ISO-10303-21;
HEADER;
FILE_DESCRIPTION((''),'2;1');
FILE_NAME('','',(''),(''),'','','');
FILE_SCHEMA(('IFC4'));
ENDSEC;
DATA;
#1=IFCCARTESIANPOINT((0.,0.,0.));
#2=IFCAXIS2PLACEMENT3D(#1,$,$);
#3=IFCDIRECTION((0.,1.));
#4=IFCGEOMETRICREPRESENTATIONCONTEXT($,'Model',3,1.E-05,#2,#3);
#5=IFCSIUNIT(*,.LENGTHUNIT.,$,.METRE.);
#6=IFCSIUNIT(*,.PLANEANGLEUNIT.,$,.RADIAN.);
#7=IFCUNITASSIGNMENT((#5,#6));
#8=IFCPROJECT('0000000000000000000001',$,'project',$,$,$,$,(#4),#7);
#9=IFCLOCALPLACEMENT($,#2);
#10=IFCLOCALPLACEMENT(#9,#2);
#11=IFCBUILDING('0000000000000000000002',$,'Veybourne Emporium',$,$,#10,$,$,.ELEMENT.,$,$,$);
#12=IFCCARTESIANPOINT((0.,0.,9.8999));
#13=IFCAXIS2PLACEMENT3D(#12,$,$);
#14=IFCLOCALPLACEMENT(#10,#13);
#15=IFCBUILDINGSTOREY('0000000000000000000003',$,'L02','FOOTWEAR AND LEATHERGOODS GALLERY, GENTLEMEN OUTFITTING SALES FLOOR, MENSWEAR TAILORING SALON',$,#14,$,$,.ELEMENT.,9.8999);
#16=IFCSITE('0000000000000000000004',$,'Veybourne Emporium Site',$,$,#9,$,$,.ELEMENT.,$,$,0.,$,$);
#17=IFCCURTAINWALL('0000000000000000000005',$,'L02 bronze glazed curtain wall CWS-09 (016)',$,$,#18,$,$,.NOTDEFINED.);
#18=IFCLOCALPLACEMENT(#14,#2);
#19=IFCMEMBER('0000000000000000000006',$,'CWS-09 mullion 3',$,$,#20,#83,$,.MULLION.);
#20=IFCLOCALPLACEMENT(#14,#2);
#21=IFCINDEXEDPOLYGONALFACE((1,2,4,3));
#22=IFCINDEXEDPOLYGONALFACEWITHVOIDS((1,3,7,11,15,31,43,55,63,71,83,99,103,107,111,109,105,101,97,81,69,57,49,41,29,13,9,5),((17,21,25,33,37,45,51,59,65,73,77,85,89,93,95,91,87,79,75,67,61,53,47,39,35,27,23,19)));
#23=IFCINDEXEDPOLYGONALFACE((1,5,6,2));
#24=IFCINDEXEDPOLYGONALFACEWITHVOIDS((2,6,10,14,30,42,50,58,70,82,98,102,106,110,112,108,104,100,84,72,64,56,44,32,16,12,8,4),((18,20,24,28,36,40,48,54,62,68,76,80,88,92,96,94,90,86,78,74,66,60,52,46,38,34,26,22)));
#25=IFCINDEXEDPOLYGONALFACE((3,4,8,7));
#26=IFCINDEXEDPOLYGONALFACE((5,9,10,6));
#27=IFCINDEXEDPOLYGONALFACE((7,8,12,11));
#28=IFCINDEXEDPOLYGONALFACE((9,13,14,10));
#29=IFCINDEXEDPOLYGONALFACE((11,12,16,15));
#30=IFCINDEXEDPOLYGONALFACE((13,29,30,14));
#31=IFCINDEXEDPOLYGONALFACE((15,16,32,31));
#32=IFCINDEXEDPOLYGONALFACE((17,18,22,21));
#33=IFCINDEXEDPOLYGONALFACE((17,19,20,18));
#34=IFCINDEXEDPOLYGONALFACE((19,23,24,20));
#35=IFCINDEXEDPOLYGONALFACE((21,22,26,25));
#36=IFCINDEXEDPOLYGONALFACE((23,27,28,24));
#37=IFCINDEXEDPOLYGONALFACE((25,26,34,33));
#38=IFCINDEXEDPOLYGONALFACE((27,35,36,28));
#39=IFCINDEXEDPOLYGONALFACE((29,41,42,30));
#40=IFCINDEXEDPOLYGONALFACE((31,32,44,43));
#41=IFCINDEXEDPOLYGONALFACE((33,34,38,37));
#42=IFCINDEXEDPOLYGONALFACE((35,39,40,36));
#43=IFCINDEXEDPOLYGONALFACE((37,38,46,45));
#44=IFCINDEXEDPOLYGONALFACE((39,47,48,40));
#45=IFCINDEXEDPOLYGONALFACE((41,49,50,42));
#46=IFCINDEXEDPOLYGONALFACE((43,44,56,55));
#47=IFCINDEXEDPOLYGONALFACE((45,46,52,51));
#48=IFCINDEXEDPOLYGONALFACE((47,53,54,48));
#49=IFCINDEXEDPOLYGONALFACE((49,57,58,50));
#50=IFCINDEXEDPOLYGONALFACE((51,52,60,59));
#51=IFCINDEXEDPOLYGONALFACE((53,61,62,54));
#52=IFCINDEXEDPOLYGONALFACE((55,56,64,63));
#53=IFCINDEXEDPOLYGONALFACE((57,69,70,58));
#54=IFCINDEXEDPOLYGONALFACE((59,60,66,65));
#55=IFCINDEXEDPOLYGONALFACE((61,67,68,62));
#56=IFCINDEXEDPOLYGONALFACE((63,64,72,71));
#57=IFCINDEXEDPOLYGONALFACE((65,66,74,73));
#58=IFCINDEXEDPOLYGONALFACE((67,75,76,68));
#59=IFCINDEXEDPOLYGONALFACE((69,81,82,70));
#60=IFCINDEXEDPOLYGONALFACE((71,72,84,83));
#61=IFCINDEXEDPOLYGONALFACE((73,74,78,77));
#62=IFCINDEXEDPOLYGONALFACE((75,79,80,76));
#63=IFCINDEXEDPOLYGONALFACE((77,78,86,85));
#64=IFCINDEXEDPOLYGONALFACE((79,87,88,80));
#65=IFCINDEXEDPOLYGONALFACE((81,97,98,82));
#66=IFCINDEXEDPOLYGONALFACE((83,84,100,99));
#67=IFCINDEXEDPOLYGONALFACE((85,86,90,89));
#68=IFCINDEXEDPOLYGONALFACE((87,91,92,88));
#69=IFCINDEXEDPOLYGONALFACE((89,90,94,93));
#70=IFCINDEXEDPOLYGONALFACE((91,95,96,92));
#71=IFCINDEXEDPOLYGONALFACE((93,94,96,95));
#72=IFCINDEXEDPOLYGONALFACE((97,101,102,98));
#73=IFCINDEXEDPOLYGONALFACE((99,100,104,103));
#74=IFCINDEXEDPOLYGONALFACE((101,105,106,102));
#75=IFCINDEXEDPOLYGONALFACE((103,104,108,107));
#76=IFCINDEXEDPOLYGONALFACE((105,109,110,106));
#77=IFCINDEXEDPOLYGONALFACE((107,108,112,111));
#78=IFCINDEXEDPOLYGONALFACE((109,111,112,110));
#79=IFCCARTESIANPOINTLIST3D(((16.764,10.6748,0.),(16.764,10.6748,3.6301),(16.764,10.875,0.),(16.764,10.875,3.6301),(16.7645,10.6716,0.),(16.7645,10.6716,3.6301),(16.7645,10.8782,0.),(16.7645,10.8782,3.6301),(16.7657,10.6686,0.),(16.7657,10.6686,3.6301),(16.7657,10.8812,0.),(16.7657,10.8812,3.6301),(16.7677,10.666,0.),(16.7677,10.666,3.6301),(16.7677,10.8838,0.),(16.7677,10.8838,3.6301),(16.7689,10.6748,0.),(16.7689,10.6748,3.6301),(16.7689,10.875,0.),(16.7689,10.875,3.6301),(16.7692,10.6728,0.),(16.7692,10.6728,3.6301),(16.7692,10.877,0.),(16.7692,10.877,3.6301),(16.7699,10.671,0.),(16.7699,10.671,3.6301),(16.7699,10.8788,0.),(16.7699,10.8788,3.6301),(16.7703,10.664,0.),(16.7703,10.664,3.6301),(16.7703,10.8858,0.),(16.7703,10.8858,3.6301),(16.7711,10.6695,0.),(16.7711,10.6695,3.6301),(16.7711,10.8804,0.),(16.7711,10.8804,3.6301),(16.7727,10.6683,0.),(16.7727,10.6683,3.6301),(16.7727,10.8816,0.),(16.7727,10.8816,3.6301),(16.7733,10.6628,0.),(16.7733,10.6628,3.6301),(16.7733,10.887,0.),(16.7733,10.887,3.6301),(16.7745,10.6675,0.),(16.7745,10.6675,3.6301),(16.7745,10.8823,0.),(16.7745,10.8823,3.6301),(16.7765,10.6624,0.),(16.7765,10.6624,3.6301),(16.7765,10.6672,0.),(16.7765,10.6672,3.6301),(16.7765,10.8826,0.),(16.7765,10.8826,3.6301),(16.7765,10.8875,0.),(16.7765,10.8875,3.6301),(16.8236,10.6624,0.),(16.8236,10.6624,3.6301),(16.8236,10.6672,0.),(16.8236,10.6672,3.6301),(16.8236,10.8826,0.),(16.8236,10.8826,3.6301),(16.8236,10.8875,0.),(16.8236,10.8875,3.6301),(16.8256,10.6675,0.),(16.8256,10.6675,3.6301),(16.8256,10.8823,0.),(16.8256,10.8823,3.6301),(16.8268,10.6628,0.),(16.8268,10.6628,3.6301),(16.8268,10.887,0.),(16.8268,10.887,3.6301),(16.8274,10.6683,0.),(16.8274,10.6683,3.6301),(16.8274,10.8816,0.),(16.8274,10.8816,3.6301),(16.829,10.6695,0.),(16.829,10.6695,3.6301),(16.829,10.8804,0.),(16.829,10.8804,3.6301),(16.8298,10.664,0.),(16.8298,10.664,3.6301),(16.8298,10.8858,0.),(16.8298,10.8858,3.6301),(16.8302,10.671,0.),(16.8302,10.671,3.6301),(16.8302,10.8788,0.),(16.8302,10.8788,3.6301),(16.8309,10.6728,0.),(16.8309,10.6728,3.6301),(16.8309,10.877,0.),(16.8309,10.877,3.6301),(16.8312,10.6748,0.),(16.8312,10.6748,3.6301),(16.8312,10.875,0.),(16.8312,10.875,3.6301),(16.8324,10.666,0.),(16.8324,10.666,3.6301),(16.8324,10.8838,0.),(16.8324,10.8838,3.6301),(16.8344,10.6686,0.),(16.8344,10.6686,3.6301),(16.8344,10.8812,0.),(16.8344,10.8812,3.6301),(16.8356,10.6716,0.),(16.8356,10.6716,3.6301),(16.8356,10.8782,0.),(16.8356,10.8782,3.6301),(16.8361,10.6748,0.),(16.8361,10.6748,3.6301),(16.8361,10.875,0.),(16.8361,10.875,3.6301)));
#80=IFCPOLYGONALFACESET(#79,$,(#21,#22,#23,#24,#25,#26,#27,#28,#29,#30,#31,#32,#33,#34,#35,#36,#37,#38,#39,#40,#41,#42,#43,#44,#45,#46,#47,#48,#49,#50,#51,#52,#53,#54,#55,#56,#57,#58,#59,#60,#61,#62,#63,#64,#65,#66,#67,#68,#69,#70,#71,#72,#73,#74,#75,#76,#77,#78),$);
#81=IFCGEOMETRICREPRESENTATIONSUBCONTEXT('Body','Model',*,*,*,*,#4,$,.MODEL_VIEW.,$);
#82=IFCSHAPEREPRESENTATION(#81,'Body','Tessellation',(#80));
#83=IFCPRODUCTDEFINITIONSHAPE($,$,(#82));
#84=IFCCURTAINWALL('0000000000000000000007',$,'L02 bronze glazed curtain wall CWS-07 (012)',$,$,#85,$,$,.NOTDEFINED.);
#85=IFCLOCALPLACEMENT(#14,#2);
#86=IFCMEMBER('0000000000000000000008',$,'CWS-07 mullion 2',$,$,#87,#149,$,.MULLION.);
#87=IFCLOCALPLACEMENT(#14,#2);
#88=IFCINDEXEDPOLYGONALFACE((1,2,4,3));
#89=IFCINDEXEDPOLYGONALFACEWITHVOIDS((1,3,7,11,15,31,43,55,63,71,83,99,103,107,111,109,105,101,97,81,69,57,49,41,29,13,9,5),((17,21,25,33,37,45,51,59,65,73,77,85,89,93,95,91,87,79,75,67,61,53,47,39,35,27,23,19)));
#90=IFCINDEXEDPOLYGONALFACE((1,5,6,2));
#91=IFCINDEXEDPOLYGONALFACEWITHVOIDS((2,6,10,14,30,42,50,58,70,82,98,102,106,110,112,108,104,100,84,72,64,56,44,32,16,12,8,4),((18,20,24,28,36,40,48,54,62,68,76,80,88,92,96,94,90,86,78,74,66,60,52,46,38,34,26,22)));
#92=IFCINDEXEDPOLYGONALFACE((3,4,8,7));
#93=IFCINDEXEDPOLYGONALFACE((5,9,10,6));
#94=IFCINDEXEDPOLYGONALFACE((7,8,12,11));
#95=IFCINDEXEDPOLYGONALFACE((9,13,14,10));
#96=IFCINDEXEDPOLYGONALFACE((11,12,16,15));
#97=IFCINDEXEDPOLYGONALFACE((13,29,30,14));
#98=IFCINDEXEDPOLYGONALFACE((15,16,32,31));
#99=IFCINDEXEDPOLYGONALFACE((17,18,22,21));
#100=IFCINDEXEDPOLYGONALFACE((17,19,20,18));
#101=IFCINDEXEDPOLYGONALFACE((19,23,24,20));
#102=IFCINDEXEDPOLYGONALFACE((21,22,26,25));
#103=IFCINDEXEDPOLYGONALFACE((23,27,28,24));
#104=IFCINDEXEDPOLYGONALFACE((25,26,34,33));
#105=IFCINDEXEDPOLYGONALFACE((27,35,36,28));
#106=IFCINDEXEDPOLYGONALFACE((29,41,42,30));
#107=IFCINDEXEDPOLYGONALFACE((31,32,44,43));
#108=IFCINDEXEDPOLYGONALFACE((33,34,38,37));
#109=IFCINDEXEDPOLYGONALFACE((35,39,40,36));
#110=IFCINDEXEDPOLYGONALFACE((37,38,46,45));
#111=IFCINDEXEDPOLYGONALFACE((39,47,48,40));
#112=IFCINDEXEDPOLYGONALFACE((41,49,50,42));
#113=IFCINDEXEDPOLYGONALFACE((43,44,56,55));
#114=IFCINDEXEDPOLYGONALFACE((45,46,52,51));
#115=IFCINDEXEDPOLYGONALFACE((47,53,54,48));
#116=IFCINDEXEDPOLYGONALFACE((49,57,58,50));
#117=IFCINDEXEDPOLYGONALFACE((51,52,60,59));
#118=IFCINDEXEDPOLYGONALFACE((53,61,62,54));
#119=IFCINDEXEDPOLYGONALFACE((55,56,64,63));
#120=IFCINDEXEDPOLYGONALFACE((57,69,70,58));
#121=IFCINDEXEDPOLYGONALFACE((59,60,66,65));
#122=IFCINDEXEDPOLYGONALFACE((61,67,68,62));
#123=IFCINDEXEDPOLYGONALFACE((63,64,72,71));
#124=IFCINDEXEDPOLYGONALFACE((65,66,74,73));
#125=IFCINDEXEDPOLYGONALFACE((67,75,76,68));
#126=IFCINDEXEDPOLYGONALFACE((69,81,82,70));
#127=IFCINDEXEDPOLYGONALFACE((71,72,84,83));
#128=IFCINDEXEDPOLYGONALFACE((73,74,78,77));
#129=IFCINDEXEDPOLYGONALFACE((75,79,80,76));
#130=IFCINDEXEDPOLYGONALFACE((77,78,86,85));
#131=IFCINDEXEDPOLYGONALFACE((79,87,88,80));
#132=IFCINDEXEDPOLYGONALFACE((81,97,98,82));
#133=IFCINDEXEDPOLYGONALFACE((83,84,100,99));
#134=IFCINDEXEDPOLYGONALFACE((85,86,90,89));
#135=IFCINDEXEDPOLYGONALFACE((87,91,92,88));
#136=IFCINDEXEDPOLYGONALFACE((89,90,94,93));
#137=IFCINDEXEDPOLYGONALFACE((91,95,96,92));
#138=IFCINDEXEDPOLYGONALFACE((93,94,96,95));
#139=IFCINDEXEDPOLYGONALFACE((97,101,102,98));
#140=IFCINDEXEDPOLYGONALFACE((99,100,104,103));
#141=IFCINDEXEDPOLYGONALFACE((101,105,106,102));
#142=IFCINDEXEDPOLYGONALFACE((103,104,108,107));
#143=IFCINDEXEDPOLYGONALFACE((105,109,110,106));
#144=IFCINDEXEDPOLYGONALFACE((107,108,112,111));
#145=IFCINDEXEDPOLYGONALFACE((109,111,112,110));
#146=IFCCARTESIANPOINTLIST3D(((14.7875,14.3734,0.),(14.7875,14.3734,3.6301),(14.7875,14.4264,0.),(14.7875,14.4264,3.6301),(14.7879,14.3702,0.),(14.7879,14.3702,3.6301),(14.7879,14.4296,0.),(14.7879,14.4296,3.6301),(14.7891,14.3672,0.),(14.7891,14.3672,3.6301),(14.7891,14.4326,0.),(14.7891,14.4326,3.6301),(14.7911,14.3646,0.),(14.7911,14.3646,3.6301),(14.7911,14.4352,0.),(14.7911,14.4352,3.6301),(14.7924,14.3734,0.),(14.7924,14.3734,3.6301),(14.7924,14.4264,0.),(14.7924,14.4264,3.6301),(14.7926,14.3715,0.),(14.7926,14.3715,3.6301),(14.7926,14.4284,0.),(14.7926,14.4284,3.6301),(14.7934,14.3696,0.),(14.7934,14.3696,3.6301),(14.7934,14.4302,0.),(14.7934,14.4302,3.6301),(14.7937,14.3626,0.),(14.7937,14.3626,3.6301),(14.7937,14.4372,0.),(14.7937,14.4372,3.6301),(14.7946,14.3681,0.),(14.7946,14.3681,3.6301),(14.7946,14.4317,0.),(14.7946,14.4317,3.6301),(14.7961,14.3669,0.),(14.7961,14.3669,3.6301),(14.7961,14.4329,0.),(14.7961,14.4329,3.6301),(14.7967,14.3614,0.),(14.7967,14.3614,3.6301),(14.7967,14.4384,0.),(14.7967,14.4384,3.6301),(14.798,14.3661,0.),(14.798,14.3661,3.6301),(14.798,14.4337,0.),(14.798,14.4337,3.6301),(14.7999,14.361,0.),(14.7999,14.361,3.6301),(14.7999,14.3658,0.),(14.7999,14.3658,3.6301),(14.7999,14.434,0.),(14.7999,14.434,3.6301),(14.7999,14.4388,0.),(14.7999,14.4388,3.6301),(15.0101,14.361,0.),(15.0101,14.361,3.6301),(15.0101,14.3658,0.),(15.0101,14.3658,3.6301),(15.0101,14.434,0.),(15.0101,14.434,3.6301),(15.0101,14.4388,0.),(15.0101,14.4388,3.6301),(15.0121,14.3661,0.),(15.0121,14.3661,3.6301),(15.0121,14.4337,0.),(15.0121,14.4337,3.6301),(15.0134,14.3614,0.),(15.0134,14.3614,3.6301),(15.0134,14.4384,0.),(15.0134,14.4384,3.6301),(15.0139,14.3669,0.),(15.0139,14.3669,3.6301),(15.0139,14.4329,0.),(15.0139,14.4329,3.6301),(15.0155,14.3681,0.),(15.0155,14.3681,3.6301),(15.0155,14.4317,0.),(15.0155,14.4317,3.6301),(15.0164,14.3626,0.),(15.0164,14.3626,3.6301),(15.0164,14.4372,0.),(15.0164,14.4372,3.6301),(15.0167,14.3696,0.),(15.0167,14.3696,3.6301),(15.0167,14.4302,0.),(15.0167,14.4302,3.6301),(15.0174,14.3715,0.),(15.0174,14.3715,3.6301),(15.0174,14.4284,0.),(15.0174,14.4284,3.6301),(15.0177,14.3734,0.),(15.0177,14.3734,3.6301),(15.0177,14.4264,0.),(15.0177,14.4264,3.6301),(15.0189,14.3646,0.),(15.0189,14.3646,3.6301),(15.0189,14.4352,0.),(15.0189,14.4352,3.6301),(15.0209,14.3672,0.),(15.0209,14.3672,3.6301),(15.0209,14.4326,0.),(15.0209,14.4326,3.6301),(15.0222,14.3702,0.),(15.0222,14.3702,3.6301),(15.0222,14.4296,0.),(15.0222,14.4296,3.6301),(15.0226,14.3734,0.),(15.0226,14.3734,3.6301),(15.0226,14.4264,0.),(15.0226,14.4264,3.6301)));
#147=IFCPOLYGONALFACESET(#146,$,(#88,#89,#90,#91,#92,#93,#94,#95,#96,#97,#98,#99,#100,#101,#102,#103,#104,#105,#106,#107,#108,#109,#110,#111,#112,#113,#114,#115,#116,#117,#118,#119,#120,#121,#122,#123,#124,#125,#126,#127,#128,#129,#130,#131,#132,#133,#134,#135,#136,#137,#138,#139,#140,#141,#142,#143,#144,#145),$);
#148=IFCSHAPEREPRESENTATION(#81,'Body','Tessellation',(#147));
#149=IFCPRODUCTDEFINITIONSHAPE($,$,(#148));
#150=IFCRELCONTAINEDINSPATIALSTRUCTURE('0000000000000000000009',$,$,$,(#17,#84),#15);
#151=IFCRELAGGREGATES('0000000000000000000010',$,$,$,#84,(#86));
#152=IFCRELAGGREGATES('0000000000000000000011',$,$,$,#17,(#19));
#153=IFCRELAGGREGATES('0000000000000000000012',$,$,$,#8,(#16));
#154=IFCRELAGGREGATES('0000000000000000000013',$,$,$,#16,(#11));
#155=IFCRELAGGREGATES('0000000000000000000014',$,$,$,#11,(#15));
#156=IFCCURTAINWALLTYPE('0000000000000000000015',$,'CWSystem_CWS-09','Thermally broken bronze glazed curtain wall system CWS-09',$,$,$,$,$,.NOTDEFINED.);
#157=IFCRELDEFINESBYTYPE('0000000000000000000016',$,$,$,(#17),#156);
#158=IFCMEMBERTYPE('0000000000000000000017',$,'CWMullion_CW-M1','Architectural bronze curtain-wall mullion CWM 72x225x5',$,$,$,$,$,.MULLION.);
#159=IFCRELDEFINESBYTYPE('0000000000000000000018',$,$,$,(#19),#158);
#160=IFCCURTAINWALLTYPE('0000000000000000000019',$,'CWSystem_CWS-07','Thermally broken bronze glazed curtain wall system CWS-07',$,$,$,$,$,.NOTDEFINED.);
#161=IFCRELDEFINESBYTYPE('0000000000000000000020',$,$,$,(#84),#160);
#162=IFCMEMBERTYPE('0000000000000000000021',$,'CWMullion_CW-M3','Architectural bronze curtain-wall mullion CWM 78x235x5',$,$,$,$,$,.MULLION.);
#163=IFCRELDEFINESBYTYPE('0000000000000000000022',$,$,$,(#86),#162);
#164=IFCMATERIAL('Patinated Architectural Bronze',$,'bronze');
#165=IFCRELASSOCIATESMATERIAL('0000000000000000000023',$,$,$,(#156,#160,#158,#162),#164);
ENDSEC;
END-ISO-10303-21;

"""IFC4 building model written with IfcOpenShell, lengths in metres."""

from ifc_helpers import new_model, si_unit, direction, frame, origin, origin_2d, place, context, subcontext, project, spatial, hollow_rectangle, extrude, material, material_profile, profile_set, type_object, element, aggregate, save


model = new_model("IFC4")

# Units and contexts
model_context = context("Model", 3, precision=1e-05, world=origin(), true_north=direction((0.0, 1.0)))
body_context = subcontext(model_context, "Body", "Model", "MODEL_VIEW")
ifc_project = project(units=[si_unit("LENGTHUNIT", "METRE"), si_unit("PLANEANGLEUNIT", "RADIAN")], contexts=[model_context])

# Site, building, storey
site_placement = place(None, origin())
site = spatial("IfcSite", under=ifc_project, at=site_placement, Name="Veybourne Emporium Site", CompositionType="ELEMENT", RefElevation=0.0)
building_placement = place(site_placement, origin())
building = spatial("IfcBuilding", under=site, at=building_placement, Name="Veybourne Emporium", CompositionType="ELEMENT")
storey_placement = place(building_placement, frame((0.0, 0.0, 9.8999)))
storey = spatial("IfcBuildingStorey", under=building, at=storey_placement, Name="L02", Description="FOOTWEAR AND LEATHERGOODS GALLERY, GENTLEMEN OUTFITTING SALES FLOOR, MENSWEAR TAILORING SALON", CompositionType="ELEMENT", Elevation=9.8999)

# Curtain walls, members
ifc_material_1 = material(Name="Patinated Architectural Bronze", Category="bronze")
curtain_wall_type_1 = type_object("IfcCurtainWallType", Name="CWSystem_CWS-09", Description="Thermally broken bronze glazed curtain wall system CWS-09", PredefinedType="NOTDEFINED", material=ifc_material_1)
curtain_wall_1_placement = place(storey_placement, origin())
curtain_wall_1 = element("IfcCurtainWall", 1, at=curtain_wall_1_placement, inside=storey, type_object=curtain_wall_type_1, Name="L02 bronze glazed curtain wall CWS-09 (016)", PredefinedType="NOTDEFINED")
ifc_material_profile_1 = material_profile(ifc_material_1, hollow_rectangle(XDim=0.072, YDim=0.2251, WallThickness=0.0049, InnerFilletRadius=0.0076, OuterFilletRadius=0.0125, at=origin_2d()), Name="CWM 72x225x5")
ifc_profile_set_1 = profile_set([ifc_material_profile_1], Name="Patinated Architectural Bronze")
member_type_1 = type_object("IfcMemberType", Name="CWMullion_CW-M1", Description="Architectural bronze curtain-wall mullion CWM 72x225x5", PredefinedType="MULLION", material=ifc_profile_set_1)
member_1_placement = place(storey_placement, frame((16.8, 10.7749, 0.0), z_axis=(0.0, 0.0, 1.0), x_axis=(-1.0, 0.0, 0.0)))
member_1 = element("IfcMember", 2, at=member_1_placement, type_object=member_type_1, Name="CWS-09 mullion 3", PredefinedType="MULLION", context=body_context, shape_type="SweptSolid", body=[
    extrude(hollow_rectangle(XDim=0.072, YDim=0.2251, WallThickness=0.0049, InnerFilletRadius=0.0076, OuterFilletRadius=0.0125, at=origin_2d()), origin(), (0.0, 0.0, 1.0), 3.6301),
])
curtain_wall_type_2 = type_object("IfcCurtainWallType", Name="CWSystem_CWS-07", Description="Thermally broken bronze glazed curtain wall system CWS-07", PredefinedType="NOTDEFINED", material=ifc_material_1)
curtain_wall_2_placement = place(storey_placement, origin())
curtain_wall_2 = element("IfcCurtainWall", 3, at=curtain_wall_2_placement, inside=storey, type_object=curtain_wall_type_2, Name="L02 bronze glazed curtain wall CWS-07 (012)", PredefinedType="NOTDEFINED")
ifc_material_profile_2 = material_profile(ifc_material_1, hollow_rectangle(XDim=0.0779, YDim=0.2351, WallThickness=0.0049, InnerFilletRadius=0.0076, OuterFilletRadius=0.0125, at=origin_2d()), Name="CWM 78x235x5")
ifc_profile_set_2 = profile_set([ifc_material_profile_2], Name="Patinated Architectural Bronze")
member_type_2 = type_object("IfcMemberType", Name="CWMullion_CW-M3", Description="Architectural bronze curtain-wall mullion CWM 78x235x5", PredefinedType="MULLION", material=ifc_profile_set_2)
member_2_placement = place(storey_placement, frame((14.905, 14.3999, 0.0), z_axis=(0.0, 0.0, 1.0), x_axis=(0.0, -1.0, 0.0)))
member_2 = element("IfcMember", 4, at=member_2_placement, type_object=member_type_2, Name="CWS-07 mullion 2", PredefinedType="MULLION", context=body_context, shape_type="SweptSolid", body=[
    extrude(hollow_rectangle(XDim=0.0779, YDim=0.2351, WallThickness=0.0049, InnerFilletRadius=0.0076, OuterFilletRadius=0.0125, at=origin_2d()), origin(), (0.0, 0.0, 1.0), 3.6301),
])

aggregate(curtain_wall_2, [member_2])
aggregate(curtain_wall_1, [member_1])

save(model, "model.ifc")
